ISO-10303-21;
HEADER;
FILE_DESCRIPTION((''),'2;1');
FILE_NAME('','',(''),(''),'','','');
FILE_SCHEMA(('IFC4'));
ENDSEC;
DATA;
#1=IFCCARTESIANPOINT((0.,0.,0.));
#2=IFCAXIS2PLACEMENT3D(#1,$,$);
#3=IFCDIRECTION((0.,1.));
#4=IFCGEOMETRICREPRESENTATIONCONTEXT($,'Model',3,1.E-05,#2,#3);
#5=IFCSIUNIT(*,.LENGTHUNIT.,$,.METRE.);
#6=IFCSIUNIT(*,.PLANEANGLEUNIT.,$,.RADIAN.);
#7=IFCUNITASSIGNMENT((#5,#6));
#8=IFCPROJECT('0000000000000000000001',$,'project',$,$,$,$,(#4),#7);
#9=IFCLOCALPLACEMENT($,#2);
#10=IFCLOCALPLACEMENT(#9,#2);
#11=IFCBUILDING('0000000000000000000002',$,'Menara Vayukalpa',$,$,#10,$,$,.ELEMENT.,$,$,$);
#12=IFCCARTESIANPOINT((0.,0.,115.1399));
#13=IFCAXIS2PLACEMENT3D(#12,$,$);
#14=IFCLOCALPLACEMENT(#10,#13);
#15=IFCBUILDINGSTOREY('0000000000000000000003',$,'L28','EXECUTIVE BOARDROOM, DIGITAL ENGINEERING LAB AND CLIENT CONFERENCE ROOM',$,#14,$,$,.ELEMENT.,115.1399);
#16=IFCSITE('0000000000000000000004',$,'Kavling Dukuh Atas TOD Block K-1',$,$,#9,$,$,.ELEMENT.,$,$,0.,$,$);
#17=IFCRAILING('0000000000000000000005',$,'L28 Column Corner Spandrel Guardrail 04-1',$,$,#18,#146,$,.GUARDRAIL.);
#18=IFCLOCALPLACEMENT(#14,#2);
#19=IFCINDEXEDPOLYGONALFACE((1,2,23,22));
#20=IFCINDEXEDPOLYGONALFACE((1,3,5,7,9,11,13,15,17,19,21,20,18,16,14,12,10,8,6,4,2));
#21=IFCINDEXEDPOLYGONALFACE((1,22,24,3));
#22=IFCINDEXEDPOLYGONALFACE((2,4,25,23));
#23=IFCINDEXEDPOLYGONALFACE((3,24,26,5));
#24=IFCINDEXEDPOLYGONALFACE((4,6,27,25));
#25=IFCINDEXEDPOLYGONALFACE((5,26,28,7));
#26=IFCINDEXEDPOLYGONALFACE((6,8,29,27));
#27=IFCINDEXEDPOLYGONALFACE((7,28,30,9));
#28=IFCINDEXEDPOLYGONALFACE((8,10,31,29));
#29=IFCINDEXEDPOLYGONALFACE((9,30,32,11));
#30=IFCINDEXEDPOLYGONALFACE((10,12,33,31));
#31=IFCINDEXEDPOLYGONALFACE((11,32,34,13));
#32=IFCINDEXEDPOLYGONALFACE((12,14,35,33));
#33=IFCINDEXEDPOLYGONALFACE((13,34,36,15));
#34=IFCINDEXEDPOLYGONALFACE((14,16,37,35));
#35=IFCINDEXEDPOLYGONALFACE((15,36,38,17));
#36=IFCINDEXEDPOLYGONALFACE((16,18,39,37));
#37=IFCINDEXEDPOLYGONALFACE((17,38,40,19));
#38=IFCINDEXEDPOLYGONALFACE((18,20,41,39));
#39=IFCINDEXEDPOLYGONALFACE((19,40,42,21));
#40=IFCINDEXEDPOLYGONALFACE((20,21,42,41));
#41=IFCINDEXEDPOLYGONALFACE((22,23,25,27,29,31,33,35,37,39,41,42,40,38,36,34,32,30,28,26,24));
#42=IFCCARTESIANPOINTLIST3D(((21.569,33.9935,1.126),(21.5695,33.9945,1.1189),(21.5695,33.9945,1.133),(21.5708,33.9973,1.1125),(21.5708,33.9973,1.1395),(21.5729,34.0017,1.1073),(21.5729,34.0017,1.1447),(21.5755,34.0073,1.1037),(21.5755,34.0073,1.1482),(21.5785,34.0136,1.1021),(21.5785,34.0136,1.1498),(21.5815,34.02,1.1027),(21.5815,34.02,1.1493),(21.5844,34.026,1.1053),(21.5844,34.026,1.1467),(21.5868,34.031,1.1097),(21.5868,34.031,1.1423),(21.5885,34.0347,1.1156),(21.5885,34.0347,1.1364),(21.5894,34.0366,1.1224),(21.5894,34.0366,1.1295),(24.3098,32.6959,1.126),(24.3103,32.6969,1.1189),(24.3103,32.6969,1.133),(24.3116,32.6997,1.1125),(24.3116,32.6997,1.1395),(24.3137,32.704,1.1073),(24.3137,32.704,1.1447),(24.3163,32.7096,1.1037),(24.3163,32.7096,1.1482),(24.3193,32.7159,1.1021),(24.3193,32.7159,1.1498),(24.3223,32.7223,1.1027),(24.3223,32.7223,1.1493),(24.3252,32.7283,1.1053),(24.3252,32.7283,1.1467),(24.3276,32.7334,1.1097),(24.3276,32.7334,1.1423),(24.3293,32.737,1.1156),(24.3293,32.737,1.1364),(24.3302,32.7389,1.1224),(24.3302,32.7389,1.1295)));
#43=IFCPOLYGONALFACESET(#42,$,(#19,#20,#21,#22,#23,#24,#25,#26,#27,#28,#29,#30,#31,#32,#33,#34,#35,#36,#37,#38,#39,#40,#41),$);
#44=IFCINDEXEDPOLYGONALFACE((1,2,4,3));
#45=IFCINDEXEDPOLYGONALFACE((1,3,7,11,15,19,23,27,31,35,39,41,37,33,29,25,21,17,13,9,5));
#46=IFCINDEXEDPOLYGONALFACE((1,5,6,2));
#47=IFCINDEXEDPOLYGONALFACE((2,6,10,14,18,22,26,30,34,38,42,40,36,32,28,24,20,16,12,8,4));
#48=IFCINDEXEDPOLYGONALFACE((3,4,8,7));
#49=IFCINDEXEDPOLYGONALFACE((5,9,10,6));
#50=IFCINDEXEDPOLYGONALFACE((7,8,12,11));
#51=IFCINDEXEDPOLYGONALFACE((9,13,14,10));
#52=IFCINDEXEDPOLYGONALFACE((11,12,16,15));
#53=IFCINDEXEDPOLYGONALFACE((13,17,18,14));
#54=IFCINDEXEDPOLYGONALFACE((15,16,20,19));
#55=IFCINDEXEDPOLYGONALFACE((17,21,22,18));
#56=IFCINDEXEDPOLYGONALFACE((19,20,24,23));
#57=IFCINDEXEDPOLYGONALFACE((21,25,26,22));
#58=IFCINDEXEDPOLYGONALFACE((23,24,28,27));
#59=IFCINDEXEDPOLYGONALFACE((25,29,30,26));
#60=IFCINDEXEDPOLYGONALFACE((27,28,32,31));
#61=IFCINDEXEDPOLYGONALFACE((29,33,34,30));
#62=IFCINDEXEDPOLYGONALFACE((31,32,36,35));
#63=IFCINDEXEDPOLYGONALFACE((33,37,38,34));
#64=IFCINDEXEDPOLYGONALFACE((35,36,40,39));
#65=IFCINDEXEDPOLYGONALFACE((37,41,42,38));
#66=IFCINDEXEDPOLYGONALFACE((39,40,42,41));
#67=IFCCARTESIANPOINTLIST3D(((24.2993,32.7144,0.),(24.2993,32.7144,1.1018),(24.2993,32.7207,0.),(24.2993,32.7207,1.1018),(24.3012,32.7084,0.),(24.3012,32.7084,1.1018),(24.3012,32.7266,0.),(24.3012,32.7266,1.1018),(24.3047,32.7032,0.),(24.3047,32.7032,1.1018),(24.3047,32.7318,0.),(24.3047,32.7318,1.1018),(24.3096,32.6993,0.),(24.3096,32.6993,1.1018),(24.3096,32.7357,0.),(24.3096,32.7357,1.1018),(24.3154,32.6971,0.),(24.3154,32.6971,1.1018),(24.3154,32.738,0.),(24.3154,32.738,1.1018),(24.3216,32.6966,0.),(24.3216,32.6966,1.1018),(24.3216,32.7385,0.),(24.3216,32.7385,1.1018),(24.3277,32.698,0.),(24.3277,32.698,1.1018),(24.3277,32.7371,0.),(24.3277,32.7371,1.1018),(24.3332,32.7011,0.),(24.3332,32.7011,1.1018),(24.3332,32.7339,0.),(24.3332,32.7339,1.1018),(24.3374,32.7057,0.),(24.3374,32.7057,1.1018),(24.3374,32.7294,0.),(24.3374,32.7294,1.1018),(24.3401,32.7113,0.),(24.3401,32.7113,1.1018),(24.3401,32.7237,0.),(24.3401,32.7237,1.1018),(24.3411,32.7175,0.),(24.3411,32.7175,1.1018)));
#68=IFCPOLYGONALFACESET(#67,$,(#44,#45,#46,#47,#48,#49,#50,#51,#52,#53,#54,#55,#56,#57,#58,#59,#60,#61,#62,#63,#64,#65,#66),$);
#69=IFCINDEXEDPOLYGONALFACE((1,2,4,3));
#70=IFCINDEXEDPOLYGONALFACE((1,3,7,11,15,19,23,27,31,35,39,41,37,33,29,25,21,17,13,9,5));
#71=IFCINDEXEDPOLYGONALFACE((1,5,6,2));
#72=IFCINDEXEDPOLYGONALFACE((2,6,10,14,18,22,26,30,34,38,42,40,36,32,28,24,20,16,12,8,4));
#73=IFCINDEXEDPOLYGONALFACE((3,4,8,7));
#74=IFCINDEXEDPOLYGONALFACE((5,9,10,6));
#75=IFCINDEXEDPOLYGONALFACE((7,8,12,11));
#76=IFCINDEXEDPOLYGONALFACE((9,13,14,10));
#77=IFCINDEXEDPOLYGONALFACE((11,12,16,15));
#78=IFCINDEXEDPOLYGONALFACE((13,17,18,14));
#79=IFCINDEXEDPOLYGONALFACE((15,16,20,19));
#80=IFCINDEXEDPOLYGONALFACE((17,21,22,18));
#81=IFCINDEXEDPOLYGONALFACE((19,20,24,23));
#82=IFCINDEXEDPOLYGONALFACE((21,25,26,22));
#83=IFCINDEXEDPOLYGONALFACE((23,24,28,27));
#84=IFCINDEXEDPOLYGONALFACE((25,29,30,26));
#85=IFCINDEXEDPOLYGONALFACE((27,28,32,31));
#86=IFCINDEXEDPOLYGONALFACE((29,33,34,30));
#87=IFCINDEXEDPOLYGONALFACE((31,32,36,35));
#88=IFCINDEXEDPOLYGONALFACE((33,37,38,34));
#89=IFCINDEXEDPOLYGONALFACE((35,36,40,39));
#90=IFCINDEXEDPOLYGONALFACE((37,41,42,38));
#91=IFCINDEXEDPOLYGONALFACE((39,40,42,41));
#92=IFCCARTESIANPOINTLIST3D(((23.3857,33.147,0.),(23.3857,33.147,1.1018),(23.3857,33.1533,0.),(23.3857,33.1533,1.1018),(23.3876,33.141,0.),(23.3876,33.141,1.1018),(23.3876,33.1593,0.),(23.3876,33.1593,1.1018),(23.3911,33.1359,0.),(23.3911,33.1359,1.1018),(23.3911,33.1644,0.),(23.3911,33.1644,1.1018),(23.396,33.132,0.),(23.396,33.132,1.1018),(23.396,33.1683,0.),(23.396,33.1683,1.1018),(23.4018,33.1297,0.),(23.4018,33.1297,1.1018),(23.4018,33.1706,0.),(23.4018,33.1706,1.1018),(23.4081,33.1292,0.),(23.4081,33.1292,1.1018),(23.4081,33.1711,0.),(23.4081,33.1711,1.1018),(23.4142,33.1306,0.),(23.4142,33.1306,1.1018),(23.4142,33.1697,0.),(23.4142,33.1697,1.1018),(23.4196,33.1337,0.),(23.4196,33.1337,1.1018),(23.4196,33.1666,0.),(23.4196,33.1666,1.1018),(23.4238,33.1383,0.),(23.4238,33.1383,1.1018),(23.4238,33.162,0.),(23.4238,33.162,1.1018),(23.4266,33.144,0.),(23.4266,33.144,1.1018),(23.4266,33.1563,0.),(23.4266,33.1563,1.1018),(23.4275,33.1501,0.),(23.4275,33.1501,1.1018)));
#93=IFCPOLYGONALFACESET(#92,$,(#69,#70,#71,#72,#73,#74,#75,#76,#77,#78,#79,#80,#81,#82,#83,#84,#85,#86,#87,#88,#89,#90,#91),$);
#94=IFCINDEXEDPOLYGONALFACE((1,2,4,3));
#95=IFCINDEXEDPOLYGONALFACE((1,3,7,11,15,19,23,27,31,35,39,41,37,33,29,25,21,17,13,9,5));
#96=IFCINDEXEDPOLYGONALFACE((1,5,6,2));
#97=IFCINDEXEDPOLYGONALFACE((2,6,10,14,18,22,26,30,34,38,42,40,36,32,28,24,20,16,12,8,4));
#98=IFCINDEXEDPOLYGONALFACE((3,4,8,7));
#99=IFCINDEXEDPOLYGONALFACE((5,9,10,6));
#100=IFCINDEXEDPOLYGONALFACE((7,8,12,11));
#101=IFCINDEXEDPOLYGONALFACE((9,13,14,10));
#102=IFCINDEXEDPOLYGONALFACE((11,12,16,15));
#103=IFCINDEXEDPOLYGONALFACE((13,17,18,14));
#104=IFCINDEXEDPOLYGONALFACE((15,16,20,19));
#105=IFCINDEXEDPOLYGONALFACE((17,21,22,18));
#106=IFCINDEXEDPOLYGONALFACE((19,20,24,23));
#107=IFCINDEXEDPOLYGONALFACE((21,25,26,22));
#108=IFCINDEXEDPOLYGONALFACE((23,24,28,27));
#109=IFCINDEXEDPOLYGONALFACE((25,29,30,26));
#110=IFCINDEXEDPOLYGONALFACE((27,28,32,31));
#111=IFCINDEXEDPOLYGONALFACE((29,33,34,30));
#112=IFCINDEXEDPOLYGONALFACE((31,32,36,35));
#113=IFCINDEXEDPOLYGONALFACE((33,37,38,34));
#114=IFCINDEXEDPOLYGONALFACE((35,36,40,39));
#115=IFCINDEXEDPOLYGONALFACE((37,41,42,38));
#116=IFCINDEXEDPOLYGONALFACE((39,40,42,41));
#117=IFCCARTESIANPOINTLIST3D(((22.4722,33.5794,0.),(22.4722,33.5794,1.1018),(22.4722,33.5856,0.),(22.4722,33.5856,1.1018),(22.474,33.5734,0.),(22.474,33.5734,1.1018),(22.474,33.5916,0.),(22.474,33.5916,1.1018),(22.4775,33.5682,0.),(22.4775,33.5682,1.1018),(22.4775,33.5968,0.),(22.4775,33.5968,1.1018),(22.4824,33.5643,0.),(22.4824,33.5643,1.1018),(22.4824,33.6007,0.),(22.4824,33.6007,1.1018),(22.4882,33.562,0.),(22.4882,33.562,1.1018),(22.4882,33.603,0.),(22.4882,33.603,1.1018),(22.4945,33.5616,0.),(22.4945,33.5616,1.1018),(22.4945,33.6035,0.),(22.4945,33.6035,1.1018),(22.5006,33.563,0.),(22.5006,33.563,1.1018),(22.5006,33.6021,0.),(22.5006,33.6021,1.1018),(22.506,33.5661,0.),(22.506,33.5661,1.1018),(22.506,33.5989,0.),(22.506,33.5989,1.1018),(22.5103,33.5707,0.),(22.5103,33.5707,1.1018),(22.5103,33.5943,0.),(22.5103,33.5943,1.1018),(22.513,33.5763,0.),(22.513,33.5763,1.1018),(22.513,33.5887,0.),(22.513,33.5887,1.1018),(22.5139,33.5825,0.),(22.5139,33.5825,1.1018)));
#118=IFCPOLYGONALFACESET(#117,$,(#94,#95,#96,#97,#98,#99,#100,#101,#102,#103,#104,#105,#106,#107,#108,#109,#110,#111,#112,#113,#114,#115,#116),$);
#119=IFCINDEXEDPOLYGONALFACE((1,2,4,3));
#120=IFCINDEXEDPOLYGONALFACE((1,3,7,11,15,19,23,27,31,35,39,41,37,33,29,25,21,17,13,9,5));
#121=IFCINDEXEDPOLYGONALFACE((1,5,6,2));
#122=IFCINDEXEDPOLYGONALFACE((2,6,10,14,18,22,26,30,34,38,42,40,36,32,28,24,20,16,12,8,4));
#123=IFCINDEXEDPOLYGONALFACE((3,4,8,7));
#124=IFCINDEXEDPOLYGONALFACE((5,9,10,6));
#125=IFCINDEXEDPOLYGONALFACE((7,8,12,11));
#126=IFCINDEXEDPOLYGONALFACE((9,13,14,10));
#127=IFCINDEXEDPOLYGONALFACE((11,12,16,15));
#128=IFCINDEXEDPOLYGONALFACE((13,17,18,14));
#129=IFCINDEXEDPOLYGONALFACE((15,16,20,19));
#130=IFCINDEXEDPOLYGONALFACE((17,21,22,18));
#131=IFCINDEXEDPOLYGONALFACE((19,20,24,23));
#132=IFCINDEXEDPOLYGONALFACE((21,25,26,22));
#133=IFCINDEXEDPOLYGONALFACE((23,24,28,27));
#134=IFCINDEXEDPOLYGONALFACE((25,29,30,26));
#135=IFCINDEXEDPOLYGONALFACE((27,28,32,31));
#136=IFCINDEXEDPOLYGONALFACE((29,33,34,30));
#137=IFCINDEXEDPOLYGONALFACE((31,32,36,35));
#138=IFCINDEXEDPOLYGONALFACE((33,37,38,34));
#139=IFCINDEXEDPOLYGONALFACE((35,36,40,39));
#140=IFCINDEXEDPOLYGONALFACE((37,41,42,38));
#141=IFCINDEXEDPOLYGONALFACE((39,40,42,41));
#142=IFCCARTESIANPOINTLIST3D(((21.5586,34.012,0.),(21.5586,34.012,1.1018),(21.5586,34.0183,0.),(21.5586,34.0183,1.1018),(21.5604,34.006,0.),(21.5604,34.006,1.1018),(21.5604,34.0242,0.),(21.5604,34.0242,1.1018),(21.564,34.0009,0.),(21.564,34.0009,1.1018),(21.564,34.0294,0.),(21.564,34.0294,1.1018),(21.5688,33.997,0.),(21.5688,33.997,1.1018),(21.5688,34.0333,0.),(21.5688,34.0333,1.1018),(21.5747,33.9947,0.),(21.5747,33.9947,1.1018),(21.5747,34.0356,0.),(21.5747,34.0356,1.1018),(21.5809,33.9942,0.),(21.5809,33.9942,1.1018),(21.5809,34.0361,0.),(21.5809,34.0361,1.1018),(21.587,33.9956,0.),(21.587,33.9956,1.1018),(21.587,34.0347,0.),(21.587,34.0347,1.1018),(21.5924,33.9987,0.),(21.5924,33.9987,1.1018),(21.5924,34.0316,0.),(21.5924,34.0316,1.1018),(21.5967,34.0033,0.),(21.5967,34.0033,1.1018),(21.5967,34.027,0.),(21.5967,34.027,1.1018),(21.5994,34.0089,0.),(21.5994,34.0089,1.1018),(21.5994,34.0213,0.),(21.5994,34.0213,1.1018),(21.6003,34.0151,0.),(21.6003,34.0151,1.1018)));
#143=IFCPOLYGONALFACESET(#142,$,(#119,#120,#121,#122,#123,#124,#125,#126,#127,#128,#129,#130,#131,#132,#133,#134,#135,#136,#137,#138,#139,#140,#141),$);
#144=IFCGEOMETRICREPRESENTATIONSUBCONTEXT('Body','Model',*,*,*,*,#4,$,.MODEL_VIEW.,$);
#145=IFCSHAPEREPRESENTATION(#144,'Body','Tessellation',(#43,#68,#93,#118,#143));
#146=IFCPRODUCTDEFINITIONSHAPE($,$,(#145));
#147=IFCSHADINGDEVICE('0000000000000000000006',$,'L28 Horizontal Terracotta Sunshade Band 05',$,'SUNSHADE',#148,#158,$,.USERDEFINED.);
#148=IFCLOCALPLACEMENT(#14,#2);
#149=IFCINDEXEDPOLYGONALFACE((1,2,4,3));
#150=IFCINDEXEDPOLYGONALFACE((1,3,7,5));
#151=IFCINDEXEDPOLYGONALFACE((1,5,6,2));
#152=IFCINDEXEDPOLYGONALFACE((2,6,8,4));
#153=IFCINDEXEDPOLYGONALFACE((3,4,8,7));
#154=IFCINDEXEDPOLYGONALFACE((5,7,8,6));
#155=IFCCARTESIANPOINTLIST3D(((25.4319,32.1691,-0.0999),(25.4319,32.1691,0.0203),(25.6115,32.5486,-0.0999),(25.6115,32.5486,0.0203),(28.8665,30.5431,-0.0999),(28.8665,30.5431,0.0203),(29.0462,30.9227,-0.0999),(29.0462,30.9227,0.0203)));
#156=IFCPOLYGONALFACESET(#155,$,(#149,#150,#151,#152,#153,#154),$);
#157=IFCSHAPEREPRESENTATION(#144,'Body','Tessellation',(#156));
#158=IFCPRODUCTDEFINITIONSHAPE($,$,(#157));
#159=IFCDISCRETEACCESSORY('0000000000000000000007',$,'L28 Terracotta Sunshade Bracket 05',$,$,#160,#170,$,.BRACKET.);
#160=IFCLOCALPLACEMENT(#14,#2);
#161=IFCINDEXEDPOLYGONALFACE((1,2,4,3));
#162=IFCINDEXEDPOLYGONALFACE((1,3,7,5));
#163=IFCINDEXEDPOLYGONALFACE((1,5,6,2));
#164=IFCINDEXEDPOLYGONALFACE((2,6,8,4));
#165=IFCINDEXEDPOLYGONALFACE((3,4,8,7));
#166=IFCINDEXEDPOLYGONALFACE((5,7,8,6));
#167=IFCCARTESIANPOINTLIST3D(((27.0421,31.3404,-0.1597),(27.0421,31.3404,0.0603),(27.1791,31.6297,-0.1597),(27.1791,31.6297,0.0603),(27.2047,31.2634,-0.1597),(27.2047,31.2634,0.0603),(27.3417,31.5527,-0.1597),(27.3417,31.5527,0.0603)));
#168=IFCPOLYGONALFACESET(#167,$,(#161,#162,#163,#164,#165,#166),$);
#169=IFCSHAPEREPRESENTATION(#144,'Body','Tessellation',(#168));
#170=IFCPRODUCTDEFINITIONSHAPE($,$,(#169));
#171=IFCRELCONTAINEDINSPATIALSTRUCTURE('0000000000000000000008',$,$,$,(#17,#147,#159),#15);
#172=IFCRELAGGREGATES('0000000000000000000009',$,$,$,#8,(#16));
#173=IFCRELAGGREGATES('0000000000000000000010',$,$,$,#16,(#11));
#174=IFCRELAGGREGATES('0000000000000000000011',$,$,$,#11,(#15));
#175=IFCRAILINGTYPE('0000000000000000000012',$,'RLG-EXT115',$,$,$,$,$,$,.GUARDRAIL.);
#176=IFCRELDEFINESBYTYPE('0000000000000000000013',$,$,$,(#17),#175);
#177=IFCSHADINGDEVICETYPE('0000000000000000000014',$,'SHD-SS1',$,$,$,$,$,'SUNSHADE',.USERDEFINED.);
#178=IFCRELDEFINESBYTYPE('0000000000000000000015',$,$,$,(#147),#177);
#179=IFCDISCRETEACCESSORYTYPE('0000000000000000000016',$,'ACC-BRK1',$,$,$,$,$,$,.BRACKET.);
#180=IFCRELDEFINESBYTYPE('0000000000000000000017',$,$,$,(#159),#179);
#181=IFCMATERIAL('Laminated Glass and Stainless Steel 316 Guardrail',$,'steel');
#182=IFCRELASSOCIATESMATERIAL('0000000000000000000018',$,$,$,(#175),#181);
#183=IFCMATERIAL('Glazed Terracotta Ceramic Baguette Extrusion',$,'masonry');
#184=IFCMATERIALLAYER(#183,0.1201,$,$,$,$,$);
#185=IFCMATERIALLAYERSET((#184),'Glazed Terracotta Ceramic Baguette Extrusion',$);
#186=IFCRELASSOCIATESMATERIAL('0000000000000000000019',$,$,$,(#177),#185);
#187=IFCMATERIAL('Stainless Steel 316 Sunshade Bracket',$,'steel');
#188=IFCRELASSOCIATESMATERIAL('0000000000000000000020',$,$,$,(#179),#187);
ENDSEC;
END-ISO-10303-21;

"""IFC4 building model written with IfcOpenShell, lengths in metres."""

from ifc_helpers import new_model, si_unit, direction, frame, origin, origin_2d, place, context, subcontext, project, spatial, rectangle, circle, extrude, material, layer, layer_set, type_object, element, save


model = new_model("IFC4")

# Units and contexts
model_context = context("Model", 3, precision=1e-05, world=origin(), true_north=direction((0.0, 1.0)))
body_context = subcontext(model_context, "Body", "Model", "MODEL_VIEW")
ifc_project = project(units=[si_unit("LENGTHUNIT", "METRE"), si_unit("PLANEANGLEUNIT", "RADIAN")], contexts=[model_context])

# Site, building, storey
site_placement = place(None, origin())
site = spatial("IfcSite", under=ifc_project, at=site_placement, Name="Kavling Dukuh Atas TOD Block K-1", CompositionType="ELEMENT", RefElevation=0.0)
building_placement = place(site_placement, origin())
building = spatial("IfcBuilding", under=site, at=building_placement, Name="Menara Vayukalpa", CompositionType="ELEMENT")
storey_placement = place(building_placement, frame((0.0, 0.0, 115.1399)))
storey = spatial("IfcBuildingStorey", under=building, at=storey_placement, Name="L28", Description="EXECUTIVE BOARDROOM, DIGITAL ENGINEERING LAB AND CLIENT CONFERENCE ROOM", CompositionType="ELEMENT", Elevation=115.1399)

# Railing
ifc_material_1 = material(Name="Laminated Glass and Stainless Steel 316 Guardrail", Category="steel")
railing_type = type_object("IfcRailingType", Name="RLG-EXT115", PredefinedType="GUARDRAIL", material=ifc_material_1)
railing_placement = place(storey_placement, frame((24.3201, 32.7175, 0.0)))
element("IfcRailing", 1, at=railing_placement, inside=storey, type_object=railing_type, Name="L28 Column Corner Spandrel Guardrail 04-1", PredefinedType="GUARDRAIL", context=body_context, shape_type="SweptSolid", body=[
    extrude(circle(Radius=0.0239, at=origin_2d()), frame((0.0, 0.0, 1.126), z_axis=(-0.903818, 0.427917, 0.0), x_axis=(-0.427917, -0.903818, 0.0)), (0.0, 0.0, 1.0), 3.0325),
    extrude(circle(Radius=0.021, at=origin_2d()), origin(), (0.0, 0.0, 1.0), 1.1018),
    extrude(circle(Radius=0.021, at=origin_2d()), frame((-0.9136, 0.4326, 0.0)), (0.0, 0.0, 1.0), 1.1018),
    extrude(circle(Radius=0.021, at=origin_2d()), frame((-1.8271, 0.865, 0.0)), (0.0, 0.0, 1.0), 1.1018),
    extrude(circle(Radius=0.021, at=origin_2d()), frame((-2.7407, 1.2976, 0.0)), (0.0, 0.0, 1.0), 1.1018),
])

# Shading device
ifc_material_2 = material(Name="Glazed Terracotta Ceramic Baguette Extrusion", Category="masonry")
ifc_layer_1 = layer(ifc_material_2, 0.1201)
ifc_layer_set_1 = layer_set([ifc_layer_1], Name="Glazed Terracotta Ceramic Baguette Extrusion")
shading_device_type = type_object("IfcShadingDeviceType", Name="SHD-SS1", ElementType="SUNSHADE", PredefinedType="USERDEFINED", material=ifc_layer_set_1)
shading_device_placement = place(storey_placement, frame((27.239, 31.5459, -0.0999), z_axis=(0.0, 0.0, 1.0), x_axis=(-0.903836, 0.427879, 0.0)))
element("IfcShadingDevice", 2, at=shading_device_placement, inside=storey, type_object=shading_device_type, Name="L28 Horizontal Terracotta Sunshade Band 05", ObjectType="SUNSHADE", PredefinedType="USERDEFINED", context=body_context, shape_type="SweptSolid", body=[
    extrude(rectangle(XDim=3.8, YDim=0.4199, at=origin_2d()), origin(), (0.0, 0.0, 1.0), 0.1201),
])

# Discrete accessory
ifc_material_3 = material(Name="Stainless Steel 316 Sunshade Bracket", Category="steel")
discrete_accessory_type = type_object("IfcDiscreteAccessoryType", Name="ACC-BRK1", PredefinedType="BRACKET", material=ifc_material_3)
discrete_accessory_placement = place(storey_placement, frame((27.1919, 31.4465, -0.1597), z_axis=(0.0, 0.0, 1.0), x_axis=(-0.903836, 0.427879, 0.0)))
element("IfcDiscreteAccessory", 3, at=discrete_accessory_placement, inside=storey, type_object=discrete_accessory_type, Name="L28 Terracotta Sunshade Bracket 05", PredefinedType="BRACKET", context=body_context, shape_type="SweptSolid", body=[
    extrude(rectangle(XDim=0.1799, YDim=0.3201, at=origin_2d()), origin(), (0.0, 0.0, 1.0), 0.22),
])

save(model, "model.ifc")
